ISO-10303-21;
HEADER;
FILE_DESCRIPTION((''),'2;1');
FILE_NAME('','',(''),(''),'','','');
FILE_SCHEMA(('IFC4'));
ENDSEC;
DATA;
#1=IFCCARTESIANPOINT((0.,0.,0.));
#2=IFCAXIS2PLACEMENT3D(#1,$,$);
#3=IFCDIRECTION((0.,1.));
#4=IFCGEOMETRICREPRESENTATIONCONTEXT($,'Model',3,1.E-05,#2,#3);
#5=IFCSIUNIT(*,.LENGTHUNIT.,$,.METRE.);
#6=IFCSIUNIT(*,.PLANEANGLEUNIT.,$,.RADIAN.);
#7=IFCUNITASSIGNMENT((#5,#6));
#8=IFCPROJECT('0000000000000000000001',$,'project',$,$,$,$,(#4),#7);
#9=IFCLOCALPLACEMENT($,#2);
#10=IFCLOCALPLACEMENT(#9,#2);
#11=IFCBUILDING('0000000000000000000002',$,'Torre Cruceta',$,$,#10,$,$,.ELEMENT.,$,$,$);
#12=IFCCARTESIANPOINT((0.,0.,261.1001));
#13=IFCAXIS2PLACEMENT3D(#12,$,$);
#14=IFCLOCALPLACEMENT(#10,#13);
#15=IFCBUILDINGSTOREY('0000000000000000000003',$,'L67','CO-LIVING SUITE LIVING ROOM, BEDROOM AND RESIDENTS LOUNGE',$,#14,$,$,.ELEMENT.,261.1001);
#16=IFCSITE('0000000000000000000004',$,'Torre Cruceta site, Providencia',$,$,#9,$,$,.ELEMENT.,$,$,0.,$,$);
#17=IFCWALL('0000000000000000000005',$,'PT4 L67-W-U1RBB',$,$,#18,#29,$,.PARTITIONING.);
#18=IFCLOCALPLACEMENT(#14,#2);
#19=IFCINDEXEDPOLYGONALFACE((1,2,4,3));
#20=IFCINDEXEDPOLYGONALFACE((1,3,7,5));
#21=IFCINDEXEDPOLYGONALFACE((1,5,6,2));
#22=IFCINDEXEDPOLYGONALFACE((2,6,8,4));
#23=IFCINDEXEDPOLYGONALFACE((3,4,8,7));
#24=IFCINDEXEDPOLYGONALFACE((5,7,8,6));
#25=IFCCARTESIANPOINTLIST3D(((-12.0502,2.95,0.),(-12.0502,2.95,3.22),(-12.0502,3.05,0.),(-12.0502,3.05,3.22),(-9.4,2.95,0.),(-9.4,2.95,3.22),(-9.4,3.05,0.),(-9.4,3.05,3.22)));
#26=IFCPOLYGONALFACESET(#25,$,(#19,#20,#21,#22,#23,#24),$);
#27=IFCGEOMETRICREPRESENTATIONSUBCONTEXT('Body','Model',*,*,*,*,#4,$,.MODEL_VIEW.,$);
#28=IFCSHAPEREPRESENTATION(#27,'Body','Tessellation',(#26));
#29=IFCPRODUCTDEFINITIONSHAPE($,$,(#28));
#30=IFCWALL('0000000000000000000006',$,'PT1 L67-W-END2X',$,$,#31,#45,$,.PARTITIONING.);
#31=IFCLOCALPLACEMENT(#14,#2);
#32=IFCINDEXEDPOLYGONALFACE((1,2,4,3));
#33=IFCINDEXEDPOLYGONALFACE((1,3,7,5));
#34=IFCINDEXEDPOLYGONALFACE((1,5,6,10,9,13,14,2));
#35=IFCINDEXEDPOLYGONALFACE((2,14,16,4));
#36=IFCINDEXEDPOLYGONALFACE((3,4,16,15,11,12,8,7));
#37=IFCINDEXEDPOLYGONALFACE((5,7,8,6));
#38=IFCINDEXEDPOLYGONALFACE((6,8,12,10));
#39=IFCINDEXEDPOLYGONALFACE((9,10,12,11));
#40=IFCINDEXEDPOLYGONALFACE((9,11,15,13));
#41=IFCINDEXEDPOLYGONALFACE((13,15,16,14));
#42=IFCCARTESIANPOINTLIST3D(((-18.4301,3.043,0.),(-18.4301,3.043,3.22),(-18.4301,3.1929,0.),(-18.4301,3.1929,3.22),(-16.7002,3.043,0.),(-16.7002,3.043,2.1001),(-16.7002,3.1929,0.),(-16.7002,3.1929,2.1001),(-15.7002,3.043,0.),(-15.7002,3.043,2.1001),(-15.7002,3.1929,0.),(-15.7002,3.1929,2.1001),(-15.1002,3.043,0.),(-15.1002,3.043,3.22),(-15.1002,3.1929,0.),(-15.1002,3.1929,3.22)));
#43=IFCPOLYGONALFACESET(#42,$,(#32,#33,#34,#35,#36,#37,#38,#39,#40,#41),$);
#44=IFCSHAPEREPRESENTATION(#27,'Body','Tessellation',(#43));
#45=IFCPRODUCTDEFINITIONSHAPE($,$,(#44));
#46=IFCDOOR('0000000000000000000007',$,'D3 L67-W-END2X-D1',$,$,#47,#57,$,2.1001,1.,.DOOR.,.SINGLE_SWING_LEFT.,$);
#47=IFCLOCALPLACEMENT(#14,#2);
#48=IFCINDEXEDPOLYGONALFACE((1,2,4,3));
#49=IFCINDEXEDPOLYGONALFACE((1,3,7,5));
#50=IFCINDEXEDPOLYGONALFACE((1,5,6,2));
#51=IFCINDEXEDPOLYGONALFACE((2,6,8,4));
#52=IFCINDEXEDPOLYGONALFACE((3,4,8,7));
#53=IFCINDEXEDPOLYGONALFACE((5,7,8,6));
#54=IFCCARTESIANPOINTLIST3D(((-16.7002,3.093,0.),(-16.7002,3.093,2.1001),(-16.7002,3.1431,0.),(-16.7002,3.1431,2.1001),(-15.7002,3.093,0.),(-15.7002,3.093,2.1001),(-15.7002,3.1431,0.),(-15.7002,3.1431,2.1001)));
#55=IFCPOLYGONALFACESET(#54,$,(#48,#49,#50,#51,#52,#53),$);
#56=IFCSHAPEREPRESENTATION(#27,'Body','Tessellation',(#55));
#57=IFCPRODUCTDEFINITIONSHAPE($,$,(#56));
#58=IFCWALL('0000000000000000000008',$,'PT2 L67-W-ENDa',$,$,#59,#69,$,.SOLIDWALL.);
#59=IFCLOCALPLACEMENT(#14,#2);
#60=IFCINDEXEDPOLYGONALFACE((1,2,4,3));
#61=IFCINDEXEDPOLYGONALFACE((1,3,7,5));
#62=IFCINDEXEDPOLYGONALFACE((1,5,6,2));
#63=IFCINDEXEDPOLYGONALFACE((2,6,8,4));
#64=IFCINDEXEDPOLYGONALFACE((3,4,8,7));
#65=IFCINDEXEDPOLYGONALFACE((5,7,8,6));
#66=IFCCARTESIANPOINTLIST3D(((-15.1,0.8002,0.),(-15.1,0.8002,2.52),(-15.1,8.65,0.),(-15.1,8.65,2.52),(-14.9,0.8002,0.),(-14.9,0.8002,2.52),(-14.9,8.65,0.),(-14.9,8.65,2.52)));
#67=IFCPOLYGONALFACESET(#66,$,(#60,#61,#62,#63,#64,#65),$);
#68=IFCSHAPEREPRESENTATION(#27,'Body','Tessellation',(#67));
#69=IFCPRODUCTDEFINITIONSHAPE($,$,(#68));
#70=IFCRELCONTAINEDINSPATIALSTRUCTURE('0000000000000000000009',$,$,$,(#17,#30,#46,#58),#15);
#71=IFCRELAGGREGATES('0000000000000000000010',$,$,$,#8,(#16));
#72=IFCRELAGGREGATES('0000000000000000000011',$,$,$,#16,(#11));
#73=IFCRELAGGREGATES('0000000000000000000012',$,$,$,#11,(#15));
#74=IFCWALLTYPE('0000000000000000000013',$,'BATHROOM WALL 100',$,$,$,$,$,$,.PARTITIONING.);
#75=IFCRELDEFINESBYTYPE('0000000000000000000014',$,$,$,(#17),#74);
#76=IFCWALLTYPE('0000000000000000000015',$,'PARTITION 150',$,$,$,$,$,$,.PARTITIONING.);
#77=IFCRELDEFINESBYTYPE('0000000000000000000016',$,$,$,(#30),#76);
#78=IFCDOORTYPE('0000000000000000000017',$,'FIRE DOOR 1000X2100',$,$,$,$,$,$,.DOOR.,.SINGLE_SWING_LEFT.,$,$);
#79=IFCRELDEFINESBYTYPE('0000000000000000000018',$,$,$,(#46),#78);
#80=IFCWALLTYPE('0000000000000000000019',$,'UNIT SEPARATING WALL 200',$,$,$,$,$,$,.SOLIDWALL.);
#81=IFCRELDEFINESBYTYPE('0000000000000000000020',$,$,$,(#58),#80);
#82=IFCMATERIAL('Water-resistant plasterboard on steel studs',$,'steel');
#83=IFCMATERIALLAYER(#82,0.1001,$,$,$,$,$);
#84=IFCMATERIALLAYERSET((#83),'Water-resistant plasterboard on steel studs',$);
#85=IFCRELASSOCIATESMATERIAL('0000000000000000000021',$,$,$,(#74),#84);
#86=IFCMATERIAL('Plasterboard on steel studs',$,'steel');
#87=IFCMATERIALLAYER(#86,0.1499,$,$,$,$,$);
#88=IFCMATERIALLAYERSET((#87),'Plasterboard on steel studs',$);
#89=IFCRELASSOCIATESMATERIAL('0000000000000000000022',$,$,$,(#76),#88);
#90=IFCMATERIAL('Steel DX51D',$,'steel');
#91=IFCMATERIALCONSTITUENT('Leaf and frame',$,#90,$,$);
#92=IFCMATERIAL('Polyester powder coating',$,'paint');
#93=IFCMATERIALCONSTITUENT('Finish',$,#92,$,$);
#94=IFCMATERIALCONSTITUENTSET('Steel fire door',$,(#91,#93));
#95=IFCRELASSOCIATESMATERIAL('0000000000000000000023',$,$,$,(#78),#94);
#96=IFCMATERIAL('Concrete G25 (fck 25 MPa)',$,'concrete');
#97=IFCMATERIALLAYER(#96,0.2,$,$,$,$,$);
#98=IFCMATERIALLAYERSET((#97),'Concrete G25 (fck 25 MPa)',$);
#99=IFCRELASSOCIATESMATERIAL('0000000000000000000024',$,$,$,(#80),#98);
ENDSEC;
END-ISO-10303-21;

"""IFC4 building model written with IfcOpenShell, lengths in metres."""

from ifc_helpers import new_model, si_unit, direction, frame, frame_2d, origin, place, context, subcontext, project, spatial, rectangle, extrude, material, layer, layer_set, constituent, constituent_set, type_object, element, fill, save


model = new_model("IFC4")

# Units and contexts
model_context = context("Model", 3, precision=1e-05, world=origin(), true_north=direction((0.0, 1.0)))
body_context = subcontext(model_context, "Body", "Model", "MODEL_VIEW")
ifc_project = project(units=[si_unit("LENGTHUNIT", "METRE"), si_unit("PLANEANGLEUNIT", "RADIAN")], contexts=[model_context])

# Site, building, storey
site_placement = place(None, origin())
site = spatial("IfcSite", under=ifc_project, at=site_placement, Name="Torre Cruceta site, Providencia", CompositionType="ELEMENT", RefElevation=0.0)
building_placement = place(site_placement, origin())
building = spatial("IfcBuilding", under=site, at=building_placement, Name="Torre Cruceta", CompositionType="ELEMENT")
storey_placement = place(building_placement, frame((0.0, 0.0, 261.1001)))
storey = spatial("IfcBuildingStorey", under=building, at=storey_placement, Name="L67", Description="CO-LIVING SUITE LIVING ROOM, BEDROOM AND RESIDENTS LOUNGE", CompositionType="ELEMENT", Elevation=261.1001)

# Wall
ifc_material_1 = material(Name="Water-resistant plasterboard on steel studs", Category="steel")
ifc_layer_1 = layer(ifc_material_1, 0.1001)
ifc_layer_set_1 = layer_set([ifc_layer_1], Name="Water-resistant plasterboard on steel studs")
wall_type_1 = type_object("IfcWallType", Name="BATHROOM WALL 100", PredefinedType="PARTITIONING", material=ifc_layer_set_1)
wall_1_placement = place(storey_placement, frame((-9.3999, 3.0, 0.0), z_axis=(0.0, 0.0, 1.0), x_axis=(-1.0, 0.0, 0.0)))
element("IfcWall", 1, at=wall_1_placement, inside=storey, type_object=wall_type_1, Name="PT4 L67-W-U1RBB", PredefinedType="PARTITIONING", context=body_context, shape_type="SweptSolid", body=[
    extrude(rectangle(XDim=2.6501, YDim=0.1001, at=frame_2d((1.3252, 0.0))), origin(), (0.0, 0.0, 1.0), 3.22),
])

# Wall, opening, door
ifc_material_2 = material(Name="Plasterboard on steel studs", Category="steel")
ifc_layer_2 = layer(ifc_material_2, 0.1499)
ifc_layer_set_2 = layer_set([ifc_layer_2], Name="Plasterboard on steel studs")
wall_type_2 = type_object("IfcWallType", Name="PARTITION 150", PredefinedType="PARTITIONING", material=ifc_layer_set_2)
wall_2_placement = place(storey_placement, frame((-15.1001, 3.1179, 0.0), z_axis=(0.0, 0.0, 1.0), x_axis=(-1.0, 0.0, 0.0)))
wall_2 = element("IfcWall", 2, at=wall_2_placement, inside=storey, type_object=wall_type_2, Name="PT1 L67-W-END2X", PredefinedType="PARTITIONING", context=body_context, shape_type="SweptSolid", body=[
    extrude(rectangle(XDim=3.3298, YDim=0.1499, at=frame_2d((1.665, 0.0))), origin(), (0.0, 0.0, 1.0), 3.22),
])
opening_1_placement = place(wall_2_placement, frame((0.6001, 0.0, 0.0)))
opening_1 = element("IfcOpeningElement", 3, at=opening_1_placement, cuts=wall_2, PredefinedType="OPENING", context=body_context, shape_type="SweptSolid", body=[
    extrude(rectangle(XDim=1.0, YDim=2.1001, at=frame_2d((0.5, 1.05))), frame((0.0, 0.085, 0.0), z_axis=(0.0, -1.0, 0.0), x_axis=(1.0, 0.0, 0.0)), (0.0, 0.0, 1.0), 0.1699),
])
ifc_material_3 = material(Name="Steel DX51D", Category="steel")
ifc_constituent_1 = constituent(ifc_material_3, Name="Leaf and frame")
ifc_material_4 = material(Name="Polyester powder coating", Category="paint")
ifc_constituent_2 = constituent(ifc_material_4, Name="Finish")
ifc_constituent_set_1 = constituent_set(constituents=[ifc_constituent_1, ifc_constituent_2], Name="Steel fire door")
door_type_1 = type_object("IfcDoorType", Name="FIRE DOOR 1000X2100", OperationType="SINGLE_SWING_LEFT", PredefinedType="DOOR", material=ifc_constituent_set_1)
door_1_placement = place(opening_1_placement, origin())
door_1 = element("IfcDoor", 4, at=door_1_placement, inside=storey, type_object=door_type_1, Name="D3 L67-W-END2X-D1", OperationType="SINGLE_SWING_LEFT", OverallHeight=2.1001, OverallWidth=1.0, PredefinedType="DOOR", context=body_context, shape_type="SweptSolid", body=[
    extrude(rectangle(XDim=1.0, YDim=2.1001, at=frame_2d((0.5, 1.05))), frame((0.0, 0.0249, 0.0), z_axis=(0.0, -1.0, 0.0), x_axis=(1.0, 0.0, 0.0)), (0.0, 0.0, 1.0), 0.05),
])
fill(opening_1, door_1)

# Wall
ifc_material_5 = material(Name="Concrete G25 (fck 25 MPa)", Category="concrete")
ifc_layer_3 = layer(ifc_material_5, 0.2)
ifc_layer_set_3 = layer_set([ifc_layer_3], Name="Concrete G25 (fck 25 MPa)")
wall_type_3 = type_object("IfcWallType", Name="UNIT SEPARATING WALL 200", PredefinedType="SOLIDWALL", material=ifc_layer_set_3)
wall_3_placement = place(storey_placement, frame((-15.0, 8.6499, 0.0), z_axis=(0.0, 0.0, 1.0), x_axis=(0.0, -1.0, 0.0)))
element("IfcWall", 5, at=wall_3_placement, inside=storey, type_object=wall_type_3, Name="PT2 L67-W-ENDa", PredefinedType="SOLIDWALL", context=body_context, shape_type="SweptSolid", body=[
    extrude(rectangle(XDim=7.8499, YDim=0.2, at=frame_2d((3.9248, 0.0))), origin(), (0.0, 0.0, 1.0), 2.52),
])

save(model, "model.ifc")
